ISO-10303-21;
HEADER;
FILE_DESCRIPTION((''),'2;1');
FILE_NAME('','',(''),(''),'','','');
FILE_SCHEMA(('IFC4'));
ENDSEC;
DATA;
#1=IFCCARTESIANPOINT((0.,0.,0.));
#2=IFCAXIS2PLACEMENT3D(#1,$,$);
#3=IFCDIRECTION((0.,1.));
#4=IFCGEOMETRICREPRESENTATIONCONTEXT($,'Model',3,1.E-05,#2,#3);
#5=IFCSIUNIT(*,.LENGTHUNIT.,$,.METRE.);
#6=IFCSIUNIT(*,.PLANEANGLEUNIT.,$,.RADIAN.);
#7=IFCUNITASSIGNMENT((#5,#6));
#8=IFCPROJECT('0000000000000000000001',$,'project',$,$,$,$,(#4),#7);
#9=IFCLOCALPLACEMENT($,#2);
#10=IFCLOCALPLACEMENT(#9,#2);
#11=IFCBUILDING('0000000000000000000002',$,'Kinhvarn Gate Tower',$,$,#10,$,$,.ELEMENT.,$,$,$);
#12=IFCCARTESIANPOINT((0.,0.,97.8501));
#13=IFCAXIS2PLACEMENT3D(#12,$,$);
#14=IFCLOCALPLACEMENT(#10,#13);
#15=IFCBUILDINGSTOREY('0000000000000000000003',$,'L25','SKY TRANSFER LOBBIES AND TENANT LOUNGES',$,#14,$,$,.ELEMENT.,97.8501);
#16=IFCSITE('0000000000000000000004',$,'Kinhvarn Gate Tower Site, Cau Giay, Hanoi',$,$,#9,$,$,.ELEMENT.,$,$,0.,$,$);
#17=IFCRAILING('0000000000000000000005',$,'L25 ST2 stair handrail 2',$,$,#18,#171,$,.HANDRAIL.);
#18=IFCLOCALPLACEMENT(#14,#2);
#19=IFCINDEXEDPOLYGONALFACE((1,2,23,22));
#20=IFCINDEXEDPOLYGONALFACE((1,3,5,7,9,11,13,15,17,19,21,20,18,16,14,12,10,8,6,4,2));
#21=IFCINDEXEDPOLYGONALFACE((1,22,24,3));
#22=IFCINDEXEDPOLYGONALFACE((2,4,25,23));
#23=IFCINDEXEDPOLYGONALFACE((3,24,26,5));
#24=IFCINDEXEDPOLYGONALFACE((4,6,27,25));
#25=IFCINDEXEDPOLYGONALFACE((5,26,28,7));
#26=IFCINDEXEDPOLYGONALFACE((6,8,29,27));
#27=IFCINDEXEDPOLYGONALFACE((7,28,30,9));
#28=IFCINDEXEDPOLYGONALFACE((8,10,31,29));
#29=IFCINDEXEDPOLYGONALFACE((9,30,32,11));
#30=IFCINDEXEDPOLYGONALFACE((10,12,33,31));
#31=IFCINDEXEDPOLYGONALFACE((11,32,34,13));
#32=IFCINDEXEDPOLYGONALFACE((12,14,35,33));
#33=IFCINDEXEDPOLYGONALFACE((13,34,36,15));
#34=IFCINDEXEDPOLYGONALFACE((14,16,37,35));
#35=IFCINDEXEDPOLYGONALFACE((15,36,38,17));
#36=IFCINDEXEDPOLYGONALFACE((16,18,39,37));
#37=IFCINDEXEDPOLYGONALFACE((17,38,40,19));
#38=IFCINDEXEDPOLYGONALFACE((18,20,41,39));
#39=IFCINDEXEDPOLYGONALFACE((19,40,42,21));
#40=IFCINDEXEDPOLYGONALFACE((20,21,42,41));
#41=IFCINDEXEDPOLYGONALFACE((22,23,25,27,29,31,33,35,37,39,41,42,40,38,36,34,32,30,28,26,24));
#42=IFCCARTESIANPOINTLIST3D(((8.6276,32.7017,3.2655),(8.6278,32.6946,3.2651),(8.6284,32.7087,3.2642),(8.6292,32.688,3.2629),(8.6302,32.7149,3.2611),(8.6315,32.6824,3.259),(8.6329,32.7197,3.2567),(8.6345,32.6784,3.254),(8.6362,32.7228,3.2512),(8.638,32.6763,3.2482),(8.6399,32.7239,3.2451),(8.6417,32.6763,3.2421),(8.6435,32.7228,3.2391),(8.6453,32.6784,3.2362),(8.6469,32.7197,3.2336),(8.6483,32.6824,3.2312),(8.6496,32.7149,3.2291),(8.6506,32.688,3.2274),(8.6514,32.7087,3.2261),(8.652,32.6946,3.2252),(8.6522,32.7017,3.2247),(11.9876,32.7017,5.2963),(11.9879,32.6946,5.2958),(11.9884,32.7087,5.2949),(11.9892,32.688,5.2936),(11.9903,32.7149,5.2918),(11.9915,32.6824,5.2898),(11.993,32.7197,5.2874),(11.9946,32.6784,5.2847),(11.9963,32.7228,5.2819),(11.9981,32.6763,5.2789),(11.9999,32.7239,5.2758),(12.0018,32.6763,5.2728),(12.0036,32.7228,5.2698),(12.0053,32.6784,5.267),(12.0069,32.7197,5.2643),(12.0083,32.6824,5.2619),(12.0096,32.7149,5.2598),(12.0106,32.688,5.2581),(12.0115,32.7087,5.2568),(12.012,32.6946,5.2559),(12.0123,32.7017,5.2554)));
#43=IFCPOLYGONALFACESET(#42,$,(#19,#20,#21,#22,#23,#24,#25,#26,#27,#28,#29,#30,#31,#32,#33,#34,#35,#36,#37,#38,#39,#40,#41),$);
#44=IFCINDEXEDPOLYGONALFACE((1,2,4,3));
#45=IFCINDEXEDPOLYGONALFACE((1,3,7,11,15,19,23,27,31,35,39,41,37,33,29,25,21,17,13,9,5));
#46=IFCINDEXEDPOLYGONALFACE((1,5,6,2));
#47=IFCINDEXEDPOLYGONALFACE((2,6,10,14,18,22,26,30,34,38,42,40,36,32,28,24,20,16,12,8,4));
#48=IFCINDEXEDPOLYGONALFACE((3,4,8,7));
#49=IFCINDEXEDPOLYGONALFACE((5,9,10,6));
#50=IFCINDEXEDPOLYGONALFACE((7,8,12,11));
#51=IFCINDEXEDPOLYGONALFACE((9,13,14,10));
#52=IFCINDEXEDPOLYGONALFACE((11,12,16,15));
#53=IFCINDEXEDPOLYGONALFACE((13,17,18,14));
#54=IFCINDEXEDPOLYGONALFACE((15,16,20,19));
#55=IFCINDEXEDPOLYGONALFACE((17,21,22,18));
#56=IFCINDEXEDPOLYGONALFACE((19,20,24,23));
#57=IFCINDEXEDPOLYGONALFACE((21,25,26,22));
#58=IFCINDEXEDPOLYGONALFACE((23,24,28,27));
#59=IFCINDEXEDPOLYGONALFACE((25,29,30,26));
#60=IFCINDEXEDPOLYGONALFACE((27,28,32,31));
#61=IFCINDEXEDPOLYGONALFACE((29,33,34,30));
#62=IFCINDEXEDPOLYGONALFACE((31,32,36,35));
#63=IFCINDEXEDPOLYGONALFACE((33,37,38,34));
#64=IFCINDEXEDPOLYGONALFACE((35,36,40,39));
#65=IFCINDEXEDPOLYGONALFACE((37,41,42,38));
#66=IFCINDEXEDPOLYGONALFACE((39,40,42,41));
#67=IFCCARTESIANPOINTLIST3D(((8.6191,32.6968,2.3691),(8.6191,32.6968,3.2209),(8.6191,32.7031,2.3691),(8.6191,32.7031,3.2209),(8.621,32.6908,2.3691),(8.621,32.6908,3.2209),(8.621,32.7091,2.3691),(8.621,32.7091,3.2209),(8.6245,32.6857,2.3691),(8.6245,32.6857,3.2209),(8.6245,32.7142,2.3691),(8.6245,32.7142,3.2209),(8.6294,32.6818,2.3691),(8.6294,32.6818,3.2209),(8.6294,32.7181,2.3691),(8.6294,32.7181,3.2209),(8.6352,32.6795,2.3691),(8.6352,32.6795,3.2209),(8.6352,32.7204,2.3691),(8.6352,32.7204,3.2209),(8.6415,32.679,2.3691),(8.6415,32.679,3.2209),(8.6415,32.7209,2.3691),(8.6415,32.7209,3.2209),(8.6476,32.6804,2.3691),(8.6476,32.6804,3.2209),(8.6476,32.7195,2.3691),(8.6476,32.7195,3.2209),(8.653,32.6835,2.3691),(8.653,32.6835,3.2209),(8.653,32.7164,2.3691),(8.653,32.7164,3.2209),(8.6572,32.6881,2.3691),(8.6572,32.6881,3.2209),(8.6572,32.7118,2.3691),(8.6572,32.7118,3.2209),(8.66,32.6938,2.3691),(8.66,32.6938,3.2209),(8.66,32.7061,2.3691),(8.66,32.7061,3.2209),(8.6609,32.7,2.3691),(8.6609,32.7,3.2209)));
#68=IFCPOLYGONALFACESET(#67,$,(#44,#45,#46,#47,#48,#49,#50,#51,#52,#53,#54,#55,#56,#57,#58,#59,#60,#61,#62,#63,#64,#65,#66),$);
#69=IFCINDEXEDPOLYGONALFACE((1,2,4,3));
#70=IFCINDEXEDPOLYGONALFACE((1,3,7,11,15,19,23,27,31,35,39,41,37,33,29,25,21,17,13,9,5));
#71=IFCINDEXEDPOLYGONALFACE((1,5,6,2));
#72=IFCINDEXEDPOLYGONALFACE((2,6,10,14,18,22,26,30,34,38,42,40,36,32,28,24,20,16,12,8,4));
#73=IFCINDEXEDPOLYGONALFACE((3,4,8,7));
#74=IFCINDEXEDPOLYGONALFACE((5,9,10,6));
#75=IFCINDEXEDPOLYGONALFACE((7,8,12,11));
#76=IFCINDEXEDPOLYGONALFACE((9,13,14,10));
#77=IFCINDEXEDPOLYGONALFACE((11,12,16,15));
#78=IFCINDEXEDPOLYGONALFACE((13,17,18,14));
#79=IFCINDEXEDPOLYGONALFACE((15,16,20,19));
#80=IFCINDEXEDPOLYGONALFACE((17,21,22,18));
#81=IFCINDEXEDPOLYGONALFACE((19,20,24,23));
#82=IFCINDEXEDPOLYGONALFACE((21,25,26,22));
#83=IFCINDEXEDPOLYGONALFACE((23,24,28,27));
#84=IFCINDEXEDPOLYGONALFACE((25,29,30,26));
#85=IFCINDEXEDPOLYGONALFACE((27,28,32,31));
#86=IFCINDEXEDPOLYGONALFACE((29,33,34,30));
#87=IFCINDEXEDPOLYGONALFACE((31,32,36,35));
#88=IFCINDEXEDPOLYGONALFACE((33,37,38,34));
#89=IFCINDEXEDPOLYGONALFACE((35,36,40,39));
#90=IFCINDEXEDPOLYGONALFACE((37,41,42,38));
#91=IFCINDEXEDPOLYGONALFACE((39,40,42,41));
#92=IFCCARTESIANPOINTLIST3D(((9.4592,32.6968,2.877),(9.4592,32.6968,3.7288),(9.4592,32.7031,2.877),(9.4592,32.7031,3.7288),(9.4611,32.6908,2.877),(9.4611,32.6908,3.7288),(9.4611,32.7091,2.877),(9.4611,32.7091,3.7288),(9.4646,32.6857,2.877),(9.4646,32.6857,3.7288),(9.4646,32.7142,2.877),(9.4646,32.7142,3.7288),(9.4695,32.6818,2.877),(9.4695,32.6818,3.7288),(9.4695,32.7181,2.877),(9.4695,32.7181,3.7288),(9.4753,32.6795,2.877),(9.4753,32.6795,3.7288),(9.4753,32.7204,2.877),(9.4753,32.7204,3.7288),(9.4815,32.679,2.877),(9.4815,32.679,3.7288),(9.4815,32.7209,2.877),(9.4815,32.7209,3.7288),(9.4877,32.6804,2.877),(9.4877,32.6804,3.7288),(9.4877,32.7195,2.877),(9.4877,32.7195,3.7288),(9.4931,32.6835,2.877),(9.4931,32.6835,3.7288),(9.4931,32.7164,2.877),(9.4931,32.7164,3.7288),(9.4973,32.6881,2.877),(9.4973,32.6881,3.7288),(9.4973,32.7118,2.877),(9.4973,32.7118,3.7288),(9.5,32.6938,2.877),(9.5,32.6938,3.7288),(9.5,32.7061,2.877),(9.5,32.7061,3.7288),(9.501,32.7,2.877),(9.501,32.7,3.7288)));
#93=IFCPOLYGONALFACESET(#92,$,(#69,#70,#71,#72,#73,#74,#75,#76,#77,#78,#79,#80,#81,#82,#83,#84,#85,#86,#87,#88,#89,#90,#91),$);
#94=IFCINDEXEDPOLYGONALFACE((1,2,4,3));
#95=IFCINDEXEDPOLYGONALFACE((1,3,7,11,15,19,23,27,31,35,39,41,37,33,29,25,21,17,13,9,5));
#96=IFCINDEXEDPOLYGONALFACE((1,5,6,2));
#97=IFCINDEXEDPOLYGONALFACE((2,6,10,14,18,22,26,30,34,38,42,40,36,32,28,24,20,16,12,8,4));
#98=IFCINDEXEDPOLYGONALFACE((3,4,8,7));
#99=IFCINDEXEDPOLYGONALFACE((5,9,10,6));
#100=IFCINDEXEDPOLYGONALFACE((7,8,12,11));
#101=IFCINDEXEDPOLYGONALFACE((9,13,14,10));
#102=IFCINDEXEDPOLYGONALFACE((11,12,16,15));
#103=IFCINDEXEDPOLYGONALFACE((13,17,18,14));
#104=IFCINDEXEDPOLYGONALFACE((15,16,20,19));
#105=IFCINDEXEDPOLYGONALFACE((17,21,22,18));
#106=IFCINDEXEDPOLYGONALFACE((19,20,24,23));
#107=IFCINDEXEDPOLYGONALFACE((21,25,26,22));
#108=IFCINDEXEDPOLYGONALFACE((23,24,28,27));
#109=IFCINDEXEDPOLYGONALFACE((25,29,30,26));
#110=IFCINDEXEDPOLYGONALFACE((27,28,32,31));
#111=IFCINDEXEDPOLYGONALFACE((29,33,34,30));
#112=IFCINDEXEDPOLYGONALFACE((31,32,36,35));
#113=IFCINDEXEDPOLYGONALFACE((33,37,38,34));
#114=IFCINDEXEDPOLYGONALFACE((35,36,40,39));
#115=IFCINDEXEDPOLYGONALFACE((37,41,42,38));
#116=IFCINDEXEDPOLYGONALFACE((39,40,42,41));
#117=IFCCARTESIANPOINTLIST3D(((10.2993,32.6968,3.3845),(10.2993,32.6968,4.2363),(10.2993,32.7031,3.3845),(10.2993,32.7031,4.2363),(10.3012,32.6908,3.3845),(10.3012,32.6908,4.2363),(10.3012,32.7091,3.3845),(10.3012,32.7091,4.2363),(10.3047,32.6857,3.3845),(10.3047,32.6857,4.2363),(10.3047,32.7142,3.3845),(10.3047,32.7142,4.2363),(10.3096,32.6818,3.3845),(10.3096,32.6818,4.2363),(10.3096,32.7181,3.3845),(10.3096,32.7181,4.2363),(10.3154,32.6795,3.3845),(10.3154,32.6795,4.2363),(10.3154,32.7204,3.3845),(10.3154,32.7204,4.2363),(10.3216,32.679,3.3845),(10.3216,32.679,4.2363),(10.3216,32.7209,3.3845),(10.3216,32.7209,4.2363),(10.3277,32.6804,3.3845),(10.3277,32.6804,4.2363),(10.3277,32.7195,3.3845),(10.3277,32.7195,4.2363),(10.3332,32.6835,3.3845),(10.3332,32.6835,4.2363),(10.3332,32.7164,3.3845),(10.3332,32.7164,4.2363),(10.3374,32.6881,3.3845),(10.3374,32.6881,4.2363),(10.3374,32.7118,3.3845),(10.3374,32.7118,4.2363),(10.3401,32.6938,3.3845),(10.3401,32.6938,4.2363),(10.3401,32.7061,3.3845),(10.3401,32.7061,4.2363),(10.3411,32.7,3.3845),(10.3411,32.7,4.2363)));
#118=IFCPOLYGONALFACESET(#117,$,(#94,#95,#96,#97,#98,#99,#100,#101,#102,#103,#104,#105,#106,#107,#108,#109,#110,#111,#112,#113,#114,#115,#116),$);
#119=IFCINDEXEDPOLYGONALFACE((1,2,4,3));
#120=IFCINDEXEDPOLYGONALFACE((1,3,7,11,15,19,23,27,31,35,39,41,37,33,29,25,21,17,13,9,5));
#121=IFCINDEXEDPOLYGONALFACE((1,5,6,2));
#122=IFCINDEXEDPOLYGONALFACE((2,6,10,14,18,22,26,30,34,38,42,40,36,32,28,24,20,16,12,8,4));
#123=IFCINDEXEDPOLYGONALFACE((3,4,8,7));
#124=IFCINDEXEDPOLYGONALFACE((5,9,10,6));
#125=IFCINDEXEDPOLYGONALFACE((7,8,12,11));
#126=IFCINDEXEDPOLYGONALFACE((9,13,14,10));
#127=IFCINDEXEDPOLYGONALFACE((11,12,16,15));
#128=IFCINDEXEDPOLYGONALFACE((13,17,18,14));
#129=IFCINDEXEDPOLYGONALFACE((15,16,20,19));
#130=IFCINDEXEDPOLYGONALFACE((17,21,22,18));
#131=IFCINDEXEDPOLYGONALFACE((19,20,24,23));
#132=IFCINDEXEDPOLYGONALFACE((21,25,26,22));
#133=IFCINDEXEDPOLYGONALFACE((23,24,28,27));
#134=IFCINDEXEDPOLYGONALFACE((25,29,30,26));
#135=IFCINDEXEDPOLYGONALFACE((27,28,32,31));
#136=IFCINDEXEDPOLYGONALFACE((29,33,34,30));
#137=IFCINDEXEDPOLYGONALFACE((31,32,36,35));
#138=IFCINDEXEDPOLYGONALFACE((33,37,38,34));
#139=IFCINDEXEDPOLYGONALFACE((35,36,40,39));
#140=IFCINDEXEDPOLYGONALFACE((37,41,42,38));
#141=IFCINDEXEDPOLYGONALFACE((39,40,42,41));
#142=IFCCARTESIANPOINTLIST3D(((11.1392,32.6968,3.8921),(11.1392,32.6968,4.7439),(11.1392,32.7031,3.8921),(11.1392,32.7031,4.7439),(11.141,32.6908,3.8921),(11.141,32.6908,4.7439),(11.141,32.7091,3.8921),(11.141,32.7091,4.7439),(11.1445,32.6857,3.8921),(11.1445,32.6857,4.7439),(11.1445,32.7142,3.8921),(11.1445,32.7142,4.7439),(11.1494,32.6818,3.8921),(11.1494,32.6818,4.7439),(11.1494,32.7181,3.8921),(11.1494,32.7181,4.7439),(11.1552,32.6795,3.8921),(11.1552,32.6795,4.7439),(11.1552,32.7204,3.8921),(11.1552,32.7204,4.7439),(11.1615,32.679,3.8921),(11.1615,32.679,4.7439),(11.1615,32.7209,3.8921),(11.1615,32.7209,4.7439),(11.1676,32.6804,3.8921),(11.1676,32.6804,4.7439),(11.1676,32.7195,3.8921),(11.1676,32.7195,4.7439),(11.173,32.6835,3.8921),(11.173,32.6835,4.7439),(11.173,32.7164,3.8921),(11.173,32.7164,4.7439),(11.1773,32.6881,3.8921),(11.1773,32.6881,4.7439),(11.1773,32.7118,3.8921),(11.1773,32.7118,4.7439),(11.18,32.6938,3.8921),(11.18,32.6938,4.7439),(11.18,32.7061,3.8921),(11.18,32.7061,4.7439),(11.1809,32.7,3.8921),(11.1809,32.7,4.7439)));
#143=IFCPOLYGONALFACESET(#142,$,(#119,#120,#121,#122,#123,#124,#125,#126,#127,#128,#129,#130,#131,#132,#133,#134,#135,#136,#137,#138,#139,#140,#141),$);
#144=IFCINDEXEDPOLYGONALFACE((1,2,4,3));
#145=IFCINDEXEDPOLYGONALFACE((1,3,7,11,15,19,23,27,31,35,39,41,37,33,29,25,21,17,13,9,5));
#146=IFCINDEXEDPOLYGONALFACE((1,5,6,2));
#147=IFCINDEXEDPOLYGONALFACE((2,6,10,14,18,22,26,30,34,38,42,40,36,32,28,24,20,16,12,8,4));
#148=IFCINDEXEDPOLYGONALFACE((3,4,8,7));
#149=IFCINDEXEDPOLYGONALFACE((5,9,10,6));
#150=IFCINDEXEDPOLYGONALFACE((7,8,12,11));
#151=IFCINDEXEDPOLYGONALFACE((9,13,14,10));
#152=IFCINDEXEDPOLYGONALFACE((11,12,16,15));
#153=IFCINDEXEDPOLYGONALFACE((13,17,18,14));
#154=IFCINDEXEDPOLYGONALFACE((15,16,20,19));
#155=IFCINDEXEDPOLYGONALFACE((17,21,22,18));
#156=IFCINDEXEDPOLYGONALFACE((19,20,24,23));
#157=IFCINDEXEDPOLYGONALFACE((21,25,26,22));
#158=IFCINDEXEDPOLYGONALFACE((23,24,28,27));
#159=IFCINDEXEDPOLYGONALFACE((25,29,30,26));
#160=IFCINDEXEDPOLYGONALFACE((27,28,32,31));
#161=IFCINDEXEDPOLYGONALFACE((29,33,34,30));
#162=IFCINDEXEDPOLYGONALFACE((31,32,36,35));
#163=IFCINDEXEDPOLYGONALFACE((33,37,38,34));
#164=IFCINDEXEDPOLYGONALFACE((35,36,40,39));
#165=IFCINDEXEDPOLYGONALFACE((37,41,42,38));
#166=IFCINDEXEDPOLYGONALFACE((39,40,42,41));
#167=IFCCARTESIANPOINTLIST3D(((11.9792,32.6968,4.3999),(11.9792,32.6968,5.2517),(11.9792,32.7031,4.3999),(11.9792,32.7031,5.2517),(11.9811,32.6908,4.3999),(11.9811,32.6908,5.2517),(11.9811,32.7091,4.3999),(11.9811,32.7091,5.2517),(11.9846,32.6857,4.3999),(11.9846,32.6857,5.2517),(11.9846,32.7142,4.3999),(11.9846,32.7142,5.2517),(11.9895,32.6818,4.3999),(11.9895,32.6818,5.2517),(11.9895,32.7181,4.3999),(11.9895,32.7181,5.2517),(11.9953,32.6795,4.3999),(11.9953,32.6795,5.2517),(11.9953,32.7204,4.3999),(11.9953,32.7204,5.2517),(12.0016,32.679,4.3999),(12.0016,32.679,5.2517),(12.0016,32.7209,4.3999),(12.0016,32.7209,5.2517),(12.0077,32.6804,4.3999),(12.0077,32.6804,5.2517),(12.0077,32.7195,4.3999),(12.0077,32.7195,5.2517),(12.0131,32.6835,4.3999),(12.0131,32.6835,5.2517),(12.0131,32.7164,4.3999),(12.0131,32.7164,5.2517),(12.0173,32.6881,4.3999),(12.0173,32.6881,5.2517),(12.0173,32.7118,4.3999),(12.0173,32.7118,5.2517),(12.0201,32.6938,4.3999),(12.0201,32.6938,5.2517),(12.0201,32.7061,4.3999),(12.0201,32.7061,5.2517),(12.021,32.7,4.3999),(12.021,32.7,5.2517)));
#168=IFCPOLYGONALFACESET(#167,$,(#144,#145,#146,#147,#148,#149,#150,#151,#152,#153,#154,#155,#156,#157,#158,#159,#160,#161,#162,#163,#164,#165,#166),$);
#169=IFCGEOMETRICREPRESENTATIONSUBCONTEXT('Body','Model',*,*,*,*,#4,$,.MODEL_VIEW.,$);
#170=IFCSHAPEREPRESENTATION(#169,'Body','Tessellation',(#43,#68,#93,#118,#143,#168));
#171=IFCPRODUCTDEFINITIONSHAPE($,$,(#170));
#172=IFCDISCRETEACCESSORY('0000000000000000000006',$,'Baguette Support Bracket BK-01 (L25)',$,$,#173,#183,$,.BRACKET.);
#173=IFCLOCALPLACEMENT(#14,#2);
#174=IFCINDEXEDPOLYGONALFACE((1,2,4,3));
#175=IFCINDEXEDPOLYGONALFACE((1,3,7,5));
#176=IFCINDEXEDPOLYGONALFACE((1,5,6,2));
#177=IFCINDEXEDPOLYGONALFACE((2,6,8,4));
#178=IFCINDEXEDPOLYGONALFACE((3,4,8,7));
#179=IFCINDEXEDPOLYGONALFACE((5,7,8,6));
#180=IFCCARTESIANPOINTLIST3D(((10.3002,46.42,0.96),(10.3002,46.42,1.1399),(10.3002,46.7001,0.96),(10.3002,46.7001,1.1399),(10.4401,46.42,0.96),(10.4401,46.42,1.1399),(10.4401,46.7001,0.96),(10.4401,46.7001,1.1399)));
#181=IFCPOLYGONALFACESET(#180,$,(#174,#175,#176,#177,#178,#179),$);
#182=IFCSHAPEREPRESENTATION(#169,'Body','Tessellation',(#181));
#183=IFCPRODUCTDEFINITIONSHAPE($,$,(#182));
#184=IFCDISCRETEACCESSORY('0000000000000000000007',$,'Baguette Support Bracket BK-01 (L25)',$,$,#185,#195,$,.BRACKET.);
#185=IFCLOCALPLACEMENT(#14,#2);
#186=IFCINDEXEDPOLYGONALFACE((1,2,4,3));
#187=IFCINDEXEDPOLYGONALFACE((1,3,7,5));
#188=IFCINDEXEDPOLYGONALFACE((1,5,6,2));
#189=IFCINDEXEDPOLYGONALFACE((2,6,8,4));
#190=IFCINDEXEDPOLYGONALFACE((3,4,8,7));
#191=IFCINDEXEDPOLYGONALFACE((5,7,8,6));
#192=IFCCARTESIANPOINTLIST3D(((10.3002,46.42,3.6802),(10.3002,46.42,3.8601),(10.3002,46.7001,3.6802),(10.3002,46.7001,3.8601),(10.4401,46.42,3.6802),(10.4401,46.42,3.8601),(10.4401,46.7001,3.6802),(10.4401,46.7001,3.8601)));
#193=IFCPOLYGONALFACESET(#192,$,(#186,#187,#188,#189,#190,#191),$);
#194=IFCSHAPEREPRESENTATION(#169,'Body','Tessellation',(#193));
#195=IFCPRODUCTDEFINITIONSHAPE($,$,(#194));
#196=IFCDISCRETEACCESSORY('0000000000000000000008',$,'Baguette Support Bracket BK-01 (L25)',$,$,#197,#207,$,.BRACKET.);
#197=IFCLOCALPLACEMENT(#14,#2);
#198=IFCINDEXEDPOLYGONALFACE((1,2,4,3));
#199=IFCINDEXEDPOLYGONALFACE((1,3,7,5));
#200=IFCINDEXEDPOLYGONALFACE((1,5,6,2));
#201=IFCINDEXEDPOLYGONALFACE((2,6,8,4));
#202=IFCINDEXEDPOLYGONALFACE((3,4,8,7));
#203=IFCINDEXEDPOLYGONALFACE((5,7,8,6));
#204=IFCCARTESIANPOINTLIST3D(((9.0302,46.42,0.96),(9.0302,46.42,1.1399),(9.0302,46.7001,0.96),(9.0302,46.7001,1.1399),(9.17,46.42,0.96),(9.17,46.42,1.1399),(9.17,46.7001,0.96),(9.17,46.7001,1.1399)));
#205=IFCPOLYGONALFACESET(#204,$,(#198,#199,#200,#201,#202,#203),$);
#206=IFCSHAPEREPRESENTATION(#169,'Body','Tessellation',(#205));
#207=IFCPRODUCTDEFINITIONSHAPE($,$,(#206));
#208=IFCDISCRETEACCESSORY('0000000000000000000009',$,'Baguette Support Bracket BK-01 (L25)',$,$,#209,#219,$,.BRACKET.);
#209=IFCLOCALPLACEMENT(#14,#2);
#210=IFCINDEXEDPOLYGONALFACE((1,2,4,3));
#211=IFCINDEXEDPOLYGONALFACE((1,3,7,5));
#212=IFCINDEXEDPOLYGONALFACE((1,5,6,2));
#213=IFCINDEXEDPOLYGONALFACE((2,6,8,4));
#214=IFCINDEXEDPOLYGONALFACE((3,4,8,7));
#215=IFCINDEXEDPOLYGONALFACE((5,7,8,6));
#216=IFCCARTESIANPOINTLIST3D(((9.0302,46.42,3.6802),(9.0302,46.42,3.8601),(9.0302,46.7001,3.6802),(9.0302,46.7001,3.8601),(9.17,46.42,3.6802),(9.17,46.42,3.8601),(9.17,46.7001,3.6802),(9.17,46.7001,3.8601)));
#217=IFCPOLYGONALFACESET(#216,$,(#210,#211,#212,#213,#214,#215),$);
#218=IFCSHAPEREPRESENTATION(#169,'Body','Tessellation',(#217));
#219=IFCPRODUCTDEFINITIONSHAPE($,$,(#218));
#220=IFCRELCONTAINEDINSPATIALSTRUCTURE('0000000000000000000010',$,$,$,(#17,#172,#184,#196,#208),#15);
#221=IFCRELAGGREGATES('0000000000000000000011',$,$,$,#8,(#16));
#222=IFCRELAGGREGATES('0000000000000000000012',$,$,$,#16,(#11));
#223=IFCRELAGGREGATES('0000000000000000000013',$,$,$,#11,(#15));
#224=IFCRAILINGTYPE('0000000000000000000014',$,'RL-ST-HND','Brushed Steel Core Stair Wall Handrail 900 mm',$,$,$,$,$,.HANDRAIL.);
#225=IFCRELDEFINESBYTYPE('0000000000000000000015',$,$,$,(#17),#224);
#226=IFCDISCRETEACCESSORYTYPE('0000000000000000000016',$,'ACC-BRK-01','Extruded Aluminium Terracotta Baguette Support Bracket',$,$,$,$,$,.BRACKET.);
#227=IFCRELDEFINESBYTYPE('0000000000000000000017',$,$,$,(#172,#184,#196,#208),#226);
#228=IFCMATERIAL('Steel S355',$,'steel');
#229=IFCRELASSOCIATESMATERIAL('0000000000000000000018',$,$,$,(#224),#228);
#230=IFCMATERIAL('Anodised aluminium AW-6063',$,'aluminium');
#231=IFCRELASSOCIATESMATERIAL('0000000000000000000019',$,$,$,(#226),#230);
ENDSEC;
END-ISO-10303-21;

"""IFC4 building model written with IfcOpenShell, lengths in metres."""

from ifc_helpers import new_model, si_unit, direction, frame, origin, origin_2d, place, context, subcontext, project, spatial, rectangle, circle, extrude, material, type_object, element, save


model = new_model("IFC4")

# Units and contexts
model_context = context("Model", 3, precision=1e-05, world=origin(), true_north=direction((0.0, 1.0)))
body_context = subcontext(model_context, "Body", "Model", "MODEL_VIEW")
ifc_project = project(units=[si_unit("LENGTHUNIT", "METRE"), si_unit("PLANEANGLEUNIT", "RADIAN")], contexts=[model_context])

# Site, building, storey
site_placement = place(None, origin())
site = spatial("IfcSite", under=ifc_project, at=site_placement, Name="Kinhvarn Gate Tower Site, Cau Giay, Hanoi", CompositionType="ELEMENT", RefElevation=0.0)
building_placement = place(site_placement, origin())
building = spatial("IfcBuilding", under=site, at=building_placement, Name="Kinhvarn Gate Tower", CompositionType="ELEMENT")
storey_placement = place(building_placement, frame((0.0, 0.0, 97.8501)))
storey = spatial("IfcBuildingStorey", under=building, at=storey_placement, Name="L25", Description="SKY TRANSFER LOBBIES AND TENANT LOUNGES", CompositionType="ELEMENT", Elevation=97.8501)

# Shared definitions
ifc_material_1 = material(Name="Anodised aluminium AW-6063", Category="aluminium")

# Shared definitions
ifc_material_2 = material(Name="Steel S355", Category="steel")

# Railing
railing_type_1 = type_object("IfcRailingType", Name="RL-ST-HND", Description="Brushed Steel Core Stair Wall Handrail 900 mm", PredefinedType="HANDRAIL", material=ifc_material_2)
railing_1_placement = place(storey_placement, frame((8.6399, 32.7, 2.3691)))
element("IfcRailing", 1, at=railing_1_placement, inside=storey, type_object=railing_type_1, Name="L25 ST2 stair handrail 2", PredefinedType="HANDRAIL", context=body_context, shape_type="SweptSolid", body=[
    extrude(circle(Radius=0.0239, at=origin_2d()), frame((0.0, 0.0, 0.876), z_axis=(0.855837, 0.0, 0.517246), x_axis=(0.0, 1.0, 0.0)), (0.0, 0.0, 1.0), 3.926),
    extrude(circle(Radius=0.021, at=origin_2d()), origin(), (0.0, 0.0, 1.0), 0.8518),
    extrude(circle(Radius=0.021, at=origin_2d()), frame((0.8401, 0.0, 0.5078)), (0.0, 0.0, 1.0), 0.8518),
    extrude(circle(Radius=0.021, at=origin_2d()), frame((1.6802, 0.0, 1.0154)), (0.0, 0.0, 1.0), 0.8518),
    extrude(circle(Radius=0.021, at=origin_2d()), frame((2.52, 0.0, 1.5229)), (0.0, 0.0, 1.0), 0.8518),
    extrude(circle(Radius=0.021, at=origin_2d()), frame((3.3601, 0.0, 2.0308)), (0.0, 0.0, 1.0), 0.8518),
])

# Discrete accessories
discrete_accessory_type = type_object("IfcDiscreteAccessoryType", Name="ACC-BRK-01", Description="Extruded Aluminium Terracotta Baguette Support Bracket", PredefinedType="BRACKET", material=ifc_material_1)
for number, where, z_axis, x_axis, name in (
    (2, (10.3701, 46.5601, 0.96), (0.0, 0.0, 1.0), (-1.0, 0.0, 0.0), "Baguette Support Bracket BK-01 (L25)"),
    (3, (10.3701, 46.5601, 3.6802), (0.0, 0.0, 1.0), (-1.0, 0.0, 0.0), "Baguette Support Bracket BK-01 (L25)"),
    (4, (9.1001, 46.5601, 0.96), (0.0, 0.0, 1.0), (-1.0, 0.0, 0.0), "Baguette Support Bracket BK-01 (L25)"),
    (5, (9.1001, 46.5601, 3.6802), (0.0, 0.0, 1.0), (-1.0, 0.0, 0.0), "Baguette Support Bracket BK-01 (L25)"),
):
    element("IfcDiscreteAccessory", number, at=place(storey_placement, frame(where, z_axis=z_axis, x_axis=x_axis)), inside=storey, type_object=discrete_accessory_type, Name=name, PredefinedType="BRACKET", context=body_context, shape_type="SweptSolid", body=[
        extrude(rectangle(XDim=0.1399, YDim=0.28, at=origin_2d()), origin(), (0.0, 0.0, 1.0), 0.1799),
    ])

save(model, "model.ifc")
